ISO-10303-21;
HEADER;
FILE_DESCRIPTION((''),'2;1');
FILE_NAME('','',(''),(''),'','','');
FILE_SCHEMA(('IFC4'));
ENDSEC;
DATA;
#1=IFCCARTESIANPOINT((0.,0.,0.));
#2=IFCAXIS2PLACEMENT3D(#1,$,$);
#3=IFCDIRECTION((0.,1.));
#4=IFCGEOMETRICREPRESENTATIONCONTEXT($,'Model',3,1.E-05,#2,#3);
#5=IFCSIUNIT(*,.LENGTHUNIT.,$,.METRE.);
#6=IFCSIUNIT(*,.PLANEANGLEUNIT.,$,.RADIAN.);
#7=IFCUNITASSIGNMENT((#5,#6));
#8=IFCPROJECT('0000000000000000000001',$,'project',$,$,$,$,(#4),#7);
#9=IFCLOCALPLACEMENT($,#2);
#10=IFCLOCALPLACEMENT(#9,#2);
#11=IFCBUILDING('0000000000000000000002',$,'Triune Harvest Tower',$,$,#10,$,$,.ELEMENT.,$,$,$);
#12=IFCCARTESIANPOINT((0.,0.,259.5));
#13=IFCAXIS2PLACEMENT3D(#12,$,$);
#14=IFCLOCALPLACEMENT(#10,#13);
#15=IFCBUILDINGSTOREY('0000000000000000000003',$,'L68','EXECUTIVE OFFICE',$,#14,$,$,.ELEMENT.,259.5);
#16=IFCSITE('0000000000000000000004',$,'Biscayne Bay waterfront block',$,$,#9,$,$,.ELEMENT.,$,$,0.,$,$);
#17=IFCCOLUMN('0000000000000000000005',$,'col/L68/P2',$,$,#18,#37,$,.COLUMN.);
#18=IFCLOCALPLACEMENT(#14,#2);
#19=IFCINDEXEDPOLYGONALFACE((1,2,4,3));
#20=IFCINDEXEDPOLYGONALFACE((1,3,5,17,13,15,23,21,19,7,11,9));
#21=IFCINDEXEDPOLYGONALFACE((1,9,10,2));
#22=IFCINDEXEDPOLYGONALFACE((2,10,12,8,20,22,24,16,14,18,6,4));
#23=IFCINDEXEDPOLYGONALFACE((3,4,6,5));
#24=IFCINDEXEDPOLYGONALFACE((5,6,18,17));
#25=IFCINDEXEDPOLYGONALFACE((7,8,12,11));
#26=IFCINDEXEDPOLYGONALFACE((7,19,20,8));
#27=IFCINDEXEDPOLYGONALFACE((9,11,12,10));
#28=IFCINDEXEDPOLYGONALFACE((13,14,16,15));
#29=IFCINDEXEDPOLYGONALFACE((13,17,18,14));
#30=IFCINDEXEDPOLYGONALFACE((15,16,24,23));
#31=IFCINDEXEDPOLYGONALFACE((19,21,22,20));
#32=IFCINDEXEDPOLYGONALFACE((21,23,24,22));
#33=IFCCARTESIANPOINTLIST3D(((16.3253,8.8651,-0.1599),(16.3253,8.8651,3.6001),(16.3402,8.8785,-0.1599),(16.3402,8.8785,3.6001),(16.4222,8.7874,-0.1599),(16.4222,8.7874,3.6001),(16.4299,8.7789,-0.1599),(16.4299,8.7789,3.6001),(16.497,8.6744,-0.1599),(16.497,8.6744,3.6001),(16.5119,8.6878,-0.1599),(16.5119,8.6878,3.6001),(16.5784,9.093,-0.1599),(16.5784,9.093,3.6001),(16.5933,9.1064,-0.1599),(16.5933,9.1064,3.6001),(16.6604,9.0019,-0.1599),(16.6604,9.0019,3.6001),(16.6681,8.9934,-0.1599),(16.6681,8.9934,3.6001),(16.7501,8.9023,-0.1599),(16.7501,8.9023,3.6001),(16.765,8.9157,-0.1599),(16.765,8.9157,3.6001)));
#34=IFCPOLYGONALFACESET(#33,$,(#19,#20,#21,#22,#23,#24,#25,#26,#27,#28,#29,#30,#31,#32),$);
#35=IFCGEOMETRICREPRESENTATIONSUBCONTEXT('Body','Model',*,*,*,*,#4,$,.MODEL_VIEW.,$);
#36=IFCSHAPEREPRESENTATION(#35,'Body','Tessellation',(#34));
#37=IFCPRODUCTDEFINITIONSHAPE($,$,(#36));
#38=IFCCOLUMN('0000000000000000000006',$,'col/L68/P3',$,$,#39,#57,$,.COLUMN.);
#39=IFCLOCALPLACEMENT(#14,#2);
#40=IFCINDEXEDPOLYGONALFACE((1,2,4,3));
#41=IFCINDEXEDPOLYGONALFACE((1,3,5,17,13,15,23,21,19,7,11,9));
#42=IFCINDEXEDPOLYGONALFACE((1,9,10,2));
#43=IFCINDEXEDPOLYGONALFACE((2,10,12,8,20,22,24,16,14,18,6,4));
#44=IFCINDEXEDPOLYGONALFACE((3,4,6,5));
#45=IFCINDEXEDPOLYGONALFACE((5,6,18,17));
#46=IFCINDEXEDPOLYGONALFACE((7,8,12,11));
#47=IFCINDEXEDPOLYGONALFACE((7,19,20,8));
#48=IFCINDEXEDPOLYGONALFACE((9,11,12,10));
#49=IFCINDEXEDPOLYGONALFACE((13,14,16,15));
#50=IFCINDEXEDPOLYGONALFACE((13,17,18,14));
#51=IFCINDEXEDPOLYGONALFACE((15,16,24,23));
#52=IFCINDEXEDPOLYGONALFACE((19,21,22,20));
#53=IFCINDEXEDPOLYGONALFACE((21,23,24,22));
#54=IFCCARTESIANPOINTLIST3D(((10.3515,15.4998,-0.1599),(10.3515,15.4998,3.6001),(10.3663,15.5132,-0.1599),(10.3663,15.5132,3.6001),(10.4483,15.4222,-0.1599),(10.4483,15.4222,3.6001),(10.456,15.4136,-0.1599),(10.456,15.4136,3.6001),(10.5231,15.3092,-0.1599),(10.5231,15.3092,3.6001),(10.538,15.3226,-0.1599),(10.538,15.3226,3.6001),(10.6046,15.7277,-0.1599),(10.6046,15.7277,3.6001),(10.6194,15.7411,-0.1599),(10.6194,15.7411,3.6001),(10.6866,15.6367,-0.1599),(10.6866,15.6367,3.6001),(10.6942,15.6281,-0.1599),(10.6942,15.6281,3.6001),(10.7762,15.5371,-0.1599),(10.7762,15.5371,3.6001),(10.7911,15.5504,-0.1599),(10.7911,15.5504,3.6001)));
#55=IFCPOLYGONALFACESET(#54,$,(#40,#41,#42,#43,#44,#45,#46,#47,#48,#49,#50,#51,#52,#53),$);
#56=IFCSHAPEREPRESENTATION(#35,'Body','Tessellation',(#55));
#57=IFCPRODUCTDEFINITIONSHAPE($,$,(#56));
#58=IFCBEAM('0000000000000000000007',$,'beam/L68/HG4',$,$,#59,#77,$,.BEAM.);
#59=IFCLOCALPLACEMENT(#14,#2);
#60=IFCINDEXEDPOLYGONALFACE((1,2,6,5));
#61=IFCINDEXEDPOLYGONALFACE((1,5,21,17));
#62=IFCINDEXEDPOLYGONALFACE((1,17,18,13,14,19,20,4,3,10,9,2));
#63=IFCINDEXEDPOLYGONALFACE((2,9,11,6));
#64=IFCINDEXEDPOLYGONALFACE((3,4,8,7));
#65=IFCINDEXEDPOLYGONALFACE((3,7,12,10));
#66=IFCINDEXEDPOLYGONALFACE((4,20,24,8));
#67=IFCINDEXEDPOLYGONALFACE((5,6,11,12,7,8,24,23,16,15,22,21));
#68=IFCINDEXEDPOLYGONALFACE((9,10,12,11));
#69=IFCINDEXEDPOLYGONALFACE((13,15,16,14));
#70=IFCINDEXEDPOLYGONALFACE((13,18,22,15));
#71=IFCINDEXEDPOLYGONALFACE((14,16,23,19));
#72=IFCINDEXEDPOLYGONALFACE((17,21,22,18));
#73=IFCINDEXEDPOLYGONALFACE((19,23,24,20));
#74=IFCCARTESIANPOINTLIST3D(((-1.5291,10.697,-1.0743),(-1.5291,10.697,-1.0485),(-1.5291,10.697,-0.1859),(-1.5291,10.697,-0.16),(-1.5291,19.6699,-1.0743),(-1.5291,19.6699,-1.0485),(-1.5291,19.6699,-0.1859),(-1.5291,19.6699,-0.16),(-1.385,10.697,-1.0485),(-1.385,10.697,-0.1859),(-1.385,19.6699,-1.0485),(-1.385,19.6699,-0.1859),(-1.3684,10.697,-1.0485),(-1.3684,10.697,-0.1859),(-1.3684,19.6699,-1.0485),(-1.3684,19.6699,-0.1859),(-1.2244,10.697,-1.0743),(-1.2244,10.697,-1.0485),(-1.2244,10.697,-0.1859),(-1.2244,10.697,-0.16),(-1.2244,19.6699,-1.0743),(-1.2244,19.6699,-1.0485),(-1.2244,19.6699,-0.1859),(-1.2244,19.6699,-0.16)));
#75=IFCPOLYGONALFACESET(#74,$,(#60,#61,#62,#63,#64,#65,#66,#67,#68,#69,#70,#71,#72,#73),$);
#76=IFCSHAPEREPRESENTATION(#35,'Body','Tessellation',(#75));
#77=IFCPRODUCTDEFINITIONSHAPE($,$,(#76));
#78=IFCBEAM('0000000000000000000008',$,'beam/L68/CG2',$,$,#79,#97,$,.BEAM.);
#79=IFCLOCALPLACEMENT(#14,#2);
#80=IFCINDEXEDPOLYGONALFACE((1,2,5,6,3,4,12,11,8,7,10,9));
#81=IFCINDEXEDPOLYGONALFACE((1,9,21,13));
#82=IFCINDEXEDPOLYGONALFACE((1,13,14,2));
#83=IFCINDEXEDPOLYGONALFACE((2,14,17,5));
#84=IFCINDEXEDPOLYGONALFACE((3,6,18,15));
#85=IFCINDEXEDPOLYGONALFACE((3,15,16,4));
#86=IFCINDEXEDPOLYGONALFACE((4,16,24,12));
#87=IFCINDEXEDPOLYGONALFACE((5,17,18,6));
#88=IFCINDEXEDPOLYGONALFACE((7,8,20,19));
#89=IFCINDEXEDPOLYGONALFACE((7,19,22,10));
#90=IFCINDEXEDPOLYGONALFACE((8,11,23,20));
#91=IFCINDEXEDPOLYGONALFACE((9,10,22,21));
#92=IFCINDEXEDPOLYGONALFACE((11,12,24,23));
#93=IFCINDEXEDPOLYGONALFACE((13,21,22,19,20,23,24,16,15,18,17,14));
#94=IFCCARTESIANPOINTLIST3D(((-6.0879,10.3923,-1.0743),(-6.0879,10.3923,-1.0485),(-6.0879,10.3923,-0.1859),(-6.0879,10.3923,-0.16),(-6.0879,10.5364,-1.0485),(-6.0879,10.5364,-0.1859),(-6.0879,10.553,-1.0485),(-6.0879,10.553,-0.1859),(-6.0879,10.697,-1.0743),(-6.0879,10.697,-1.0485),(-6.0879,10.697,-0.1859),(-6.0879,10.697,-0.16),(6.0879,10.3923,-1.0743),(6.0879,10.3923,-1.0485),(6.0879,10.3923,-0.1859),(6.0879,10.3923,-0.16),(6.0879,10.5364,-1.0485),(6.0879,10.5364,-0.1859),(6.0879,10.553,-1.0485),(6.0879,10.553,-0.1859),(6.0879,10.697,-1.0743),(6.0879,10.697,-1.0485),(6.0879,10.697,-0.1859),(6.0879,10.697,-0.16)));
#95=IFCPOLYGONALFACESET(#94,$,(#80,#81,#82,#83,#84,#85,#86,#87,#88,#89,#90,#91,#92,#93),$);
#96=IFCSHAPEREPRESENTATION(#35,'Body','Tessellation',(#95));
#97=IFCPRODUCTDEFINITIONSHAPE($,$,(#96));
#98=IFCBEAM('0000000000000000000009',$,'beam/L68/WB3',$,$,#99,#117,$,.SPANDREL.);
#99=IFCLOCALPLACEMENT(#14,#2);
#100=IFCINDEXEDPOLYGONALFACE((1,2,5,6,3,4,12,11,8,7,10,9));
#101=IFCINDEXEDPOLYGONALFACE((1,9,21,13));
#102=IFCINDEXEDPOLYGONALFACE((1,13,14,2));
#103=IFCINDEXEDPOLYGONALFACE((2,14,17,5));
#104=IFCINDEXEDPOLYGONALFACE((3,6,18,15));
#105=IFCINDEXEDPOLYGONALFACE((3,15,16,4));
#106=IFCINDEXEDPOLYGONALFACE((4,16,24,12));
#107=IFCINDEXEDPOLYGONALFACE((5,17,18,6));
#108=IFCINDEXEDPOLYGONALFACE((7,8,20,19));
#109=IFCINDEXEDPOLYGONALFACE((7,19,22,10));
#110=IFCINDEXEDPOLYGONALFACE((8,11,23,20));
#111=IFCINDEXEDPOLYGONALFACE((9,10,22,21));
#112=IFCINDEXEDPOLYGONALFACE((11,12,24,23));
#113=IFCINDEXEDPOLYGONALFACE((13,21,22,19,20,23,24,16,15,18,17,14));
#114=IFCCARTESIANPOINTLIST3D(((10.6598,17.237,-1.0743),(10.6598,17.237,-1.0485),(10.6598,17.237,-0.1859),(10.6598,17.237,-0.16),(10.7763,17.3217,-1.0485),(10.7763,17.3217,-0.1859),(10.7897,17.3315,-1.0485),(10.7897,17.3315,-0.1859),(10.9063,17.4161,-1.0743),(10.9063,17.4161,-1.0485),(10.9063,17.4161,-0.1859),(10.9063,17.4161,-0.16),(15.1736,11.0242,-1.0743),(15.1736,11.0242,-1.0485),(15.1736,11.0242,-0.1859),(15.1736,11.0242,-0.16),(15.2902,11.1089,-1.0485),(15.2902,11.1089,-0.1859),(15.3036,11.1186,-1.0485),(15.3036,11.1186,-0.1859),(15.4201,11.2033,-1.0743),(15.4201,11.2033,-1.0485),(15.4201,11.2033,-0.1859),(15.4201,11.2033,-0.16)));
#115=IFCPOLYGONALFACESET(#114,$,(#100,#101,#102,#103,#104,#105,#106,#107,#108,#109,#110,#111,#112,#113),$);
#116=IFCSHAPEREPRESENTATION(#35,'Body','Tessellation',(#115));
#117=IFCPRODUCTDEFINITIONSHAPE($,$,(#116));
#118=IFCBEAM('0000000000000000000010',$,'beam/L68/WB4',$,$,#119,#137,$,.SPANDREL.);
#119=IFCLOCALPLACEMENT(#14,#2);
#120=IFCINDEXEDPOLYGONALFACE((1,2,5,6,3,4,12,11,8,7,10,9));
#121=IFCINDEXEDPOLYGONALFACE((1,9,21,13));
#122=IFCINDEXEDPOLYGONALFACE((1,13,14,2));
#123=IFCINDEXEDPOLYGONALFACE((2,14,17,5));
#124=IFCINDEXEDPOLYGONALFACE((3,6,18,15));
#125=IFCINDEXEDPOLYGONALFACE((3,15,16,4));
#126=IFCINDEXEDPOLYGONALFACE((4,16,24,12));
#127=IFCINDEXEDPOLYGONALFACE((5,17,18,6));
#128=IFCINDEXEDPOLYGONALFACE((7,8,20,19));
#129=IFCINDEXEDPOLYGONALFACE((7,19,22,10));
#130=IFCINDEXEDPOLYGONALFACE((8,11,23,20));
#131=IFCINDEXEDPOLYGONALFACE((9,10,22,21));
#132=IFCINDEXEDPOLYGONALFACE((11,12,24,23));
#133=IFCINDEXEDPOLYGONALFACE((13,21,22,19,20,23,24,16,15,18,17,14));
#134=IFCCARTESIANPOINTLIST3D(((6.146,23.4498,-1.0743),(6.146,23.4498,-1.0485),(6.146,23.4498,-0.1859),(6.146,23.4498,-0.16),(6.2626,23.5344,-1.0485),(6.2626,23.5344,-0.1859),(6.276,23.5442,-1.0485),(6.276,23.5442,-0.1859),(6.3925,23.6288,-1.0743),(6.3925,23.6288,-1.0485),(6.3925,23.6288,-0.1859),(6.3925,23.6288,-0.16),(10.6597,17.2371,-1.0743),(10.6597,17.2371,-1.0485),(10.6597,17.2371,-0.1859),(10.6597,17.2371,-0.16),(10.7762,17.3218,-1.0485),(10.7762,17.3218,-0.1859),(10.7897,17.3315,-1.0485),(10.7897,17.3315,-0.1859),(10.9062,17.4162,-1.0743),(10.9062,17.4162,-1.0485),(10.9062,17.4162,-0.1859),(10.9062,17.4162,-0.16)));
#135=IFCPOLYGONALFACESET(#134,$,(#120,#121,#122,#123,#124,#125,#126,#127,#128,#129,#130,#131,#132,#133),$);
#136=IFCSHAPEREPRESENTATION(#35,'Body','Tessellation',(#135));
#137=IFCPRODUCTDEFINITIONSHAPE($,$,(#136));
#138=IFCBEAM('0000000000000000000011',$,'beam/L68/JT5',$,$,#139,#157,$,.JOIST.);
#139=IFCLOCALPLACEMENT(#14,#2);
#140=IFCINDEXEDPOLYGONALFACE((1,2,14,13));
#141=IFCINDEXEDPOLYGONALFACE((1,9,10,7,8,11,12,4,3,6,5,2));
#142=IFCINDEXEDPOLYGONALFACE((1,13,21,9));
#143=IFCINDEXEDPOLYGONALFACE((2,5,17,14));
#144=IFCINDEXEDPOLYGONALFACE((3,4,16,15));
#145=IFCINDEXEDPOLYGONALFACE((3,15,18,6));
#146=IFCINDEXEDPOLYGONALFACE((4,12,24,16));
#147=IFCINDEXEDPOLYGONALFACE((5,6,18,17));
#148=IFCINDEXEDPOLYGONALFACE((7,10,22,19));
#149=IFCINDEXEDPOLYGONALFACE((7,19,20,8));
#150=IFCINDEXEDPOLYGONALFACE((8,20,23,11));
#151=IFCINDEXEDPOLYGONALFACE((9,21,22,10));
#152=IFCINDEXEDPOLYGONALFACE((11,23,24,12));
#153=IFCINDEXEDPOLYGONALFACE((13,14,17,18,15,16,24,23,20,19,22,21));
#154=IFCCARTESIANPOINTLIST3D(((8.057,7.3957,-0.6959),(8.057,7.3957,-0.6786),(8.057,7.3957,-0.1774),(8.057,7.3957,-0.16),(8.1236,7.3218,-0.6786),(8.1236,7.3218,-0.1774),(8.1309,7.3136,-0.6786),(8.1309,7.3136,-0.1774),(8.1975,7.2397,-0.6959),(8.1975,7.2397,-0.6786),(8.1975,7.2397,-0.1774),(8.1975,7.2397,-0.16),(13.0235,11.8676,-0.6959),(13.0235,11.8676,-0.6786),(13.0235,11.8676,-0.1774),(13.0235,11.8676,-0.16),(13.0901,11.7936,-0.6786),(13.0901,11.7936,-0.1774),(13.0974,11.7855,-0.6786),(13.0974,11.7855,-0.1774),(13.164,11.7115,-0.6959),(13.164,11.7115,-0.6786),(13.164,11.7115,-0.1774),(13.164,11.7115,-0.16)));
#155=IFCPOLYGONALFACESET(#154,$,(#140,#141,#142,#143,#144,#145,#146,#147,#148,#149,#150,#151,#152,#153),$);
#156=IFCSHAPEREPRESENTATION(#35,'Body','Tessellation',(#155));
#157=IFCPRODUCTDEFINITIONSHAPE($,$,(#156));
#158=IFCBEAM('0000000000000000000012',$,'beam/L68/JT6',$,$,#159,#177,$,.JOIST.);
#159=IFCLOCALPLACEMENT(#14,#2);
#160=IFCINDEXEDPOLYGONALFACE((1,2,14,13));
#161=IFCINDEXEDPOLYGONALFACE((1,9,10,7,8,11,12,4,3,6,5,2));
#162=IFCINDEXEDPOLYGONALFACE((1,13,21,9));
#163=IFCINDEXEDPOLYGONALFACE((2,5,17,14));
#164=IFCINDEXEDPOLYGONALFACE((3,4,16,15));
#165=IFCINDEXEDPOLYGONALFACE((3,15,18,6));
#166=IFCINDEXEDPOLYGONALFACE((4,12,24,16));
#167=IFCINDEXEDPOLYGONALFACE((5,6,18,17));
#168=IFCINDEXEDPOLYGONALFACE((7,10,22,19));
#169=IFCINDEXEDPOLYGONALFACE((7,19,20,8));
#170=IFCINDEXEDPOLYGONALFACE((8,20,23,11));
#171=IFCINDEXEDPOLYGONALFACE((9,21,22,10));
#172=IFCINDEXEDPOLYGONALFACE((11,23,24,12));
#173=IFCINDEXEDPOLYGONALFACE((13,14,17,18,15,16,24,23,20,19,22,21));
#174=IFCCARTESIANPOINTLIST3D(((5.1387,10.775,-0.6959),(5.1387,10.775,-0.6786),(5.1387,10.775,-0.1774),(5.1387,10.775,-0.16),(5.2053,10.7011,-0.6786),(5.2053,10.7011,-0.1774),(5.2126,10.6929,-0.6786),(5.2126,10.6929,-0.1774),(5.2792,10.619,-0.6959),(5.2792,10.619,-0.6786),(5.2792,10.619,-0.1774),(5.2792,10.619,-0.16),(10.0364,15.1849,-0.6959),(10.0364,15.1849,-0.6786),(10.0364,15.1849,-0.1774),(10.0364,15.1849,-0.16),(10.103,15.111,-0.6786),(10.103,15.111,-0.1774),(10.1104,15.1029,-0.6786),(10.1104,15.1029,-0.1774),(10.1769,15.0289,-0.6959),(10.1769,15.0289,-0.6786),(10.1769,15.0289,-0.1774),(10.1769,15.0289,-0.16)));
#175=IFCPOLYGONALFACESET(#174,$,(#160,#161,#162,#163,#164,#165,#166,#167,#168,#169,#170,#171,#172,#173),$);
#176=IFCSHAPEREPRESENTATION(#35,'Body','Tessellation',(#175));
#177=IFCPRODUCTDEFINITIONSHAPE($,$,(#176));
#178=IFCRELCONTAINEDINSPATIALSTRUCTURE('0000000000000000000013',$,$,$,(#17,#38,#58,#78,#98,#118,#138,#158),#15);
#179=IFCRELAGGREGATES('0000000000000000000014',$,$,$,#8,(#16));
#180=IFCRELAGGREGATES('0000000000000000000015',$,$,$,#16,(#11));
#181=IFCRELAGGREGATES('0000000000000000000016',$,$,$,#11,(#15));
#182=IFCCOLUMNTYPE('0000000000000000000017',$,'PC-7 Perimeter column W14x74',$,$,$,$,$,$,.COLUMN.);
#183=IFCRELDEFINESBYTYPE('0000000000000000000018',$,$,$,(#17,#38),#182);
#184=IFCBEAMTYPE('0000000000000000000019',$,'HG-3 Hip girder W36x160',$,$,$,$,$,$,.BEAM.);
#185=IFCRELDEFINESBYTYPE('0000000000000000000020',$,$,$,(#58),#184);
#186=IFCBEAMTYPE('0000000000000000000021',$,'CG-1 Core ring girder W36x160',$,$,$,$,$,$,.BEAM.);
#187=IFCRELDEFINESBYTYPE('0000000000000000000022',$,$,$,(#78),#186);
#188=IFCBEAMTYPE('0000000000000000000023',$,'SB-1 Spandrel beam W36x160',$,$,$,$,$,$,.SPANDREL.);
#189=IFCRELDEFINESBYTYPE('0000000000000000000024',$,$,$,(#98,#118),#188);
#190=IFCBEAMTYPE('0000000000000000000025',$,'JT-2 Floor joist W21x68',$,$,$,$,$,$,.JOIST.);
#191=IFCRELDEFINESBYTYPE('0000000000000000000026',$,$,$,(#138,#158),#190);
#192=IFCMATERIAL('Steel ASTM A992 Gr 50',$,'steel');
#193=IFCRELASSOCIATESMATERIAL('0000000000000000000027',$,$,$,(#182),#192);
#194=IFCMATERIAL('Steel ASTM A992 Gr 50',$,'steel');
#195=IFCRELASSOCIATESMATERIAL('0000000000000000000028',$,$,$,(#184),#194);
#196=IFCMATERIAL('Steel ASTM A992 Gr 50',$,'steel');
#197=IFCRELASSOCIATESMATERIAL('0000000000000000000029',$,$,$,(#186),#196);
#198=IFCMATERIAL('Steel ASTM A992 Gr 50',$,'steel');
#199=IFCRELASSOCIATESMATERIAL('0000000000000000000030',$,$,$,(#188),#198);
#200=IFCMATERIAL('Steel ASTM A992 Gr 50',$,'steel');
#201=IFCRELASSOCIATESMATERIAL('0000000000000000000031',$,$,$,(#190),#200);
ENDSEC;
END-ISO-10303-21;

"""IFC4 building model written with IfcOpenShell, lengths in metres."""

from ifc_helpers import new_model, si_unit, direction, frame, origin, origin_2d, place, context, subcontext, project, spatial, i_section, extrude, source, transform, mapped, material, material_profile, profile_set, type_object, element, save


model = new_model("IFC4")

# Units and contexts
model_context = context("Model", 3, precision=1e-05, world=origin(), true_north=direction((0.0, 1.0)))
body_context = subcontext(model_context, "Body", "Model", "MODEL_VIEW")
ifc_project = project(units=[si_unit("LENGTHUNIT", "METRE"), si_unit("PLANEANGLEUNIT", "RADIAN")], contexts=[model_context])

# Site, building, storey
site_placement = place(None, origin())
site = spatial("IfcSite", under=ifc_project, at=site_placement, Name="Biscayne Bay waterfront block", CompositionType="ELEMENT", RefElevation=0.0)
building_placement = place(site_placement, origin())
building = spatial("IfcBuilding", under=site, at=building_placement, Name="Triune Harvest Tower", CompositionType="ELEMENT")
storey_placement = place(building_placement, frame((0.0, 0.0, 259.5)))
storey = spatial("IfcBuildingStorey", under=building, at=storey_placement, Name="L68", Description="EXECUTIVE OFFICE", CompositionType="ELEMENT", Elevation=259.5)

# Columns
ifc_material_1 = material(Name="Steel ASTM A992 Gr 50", Category="steel")
ifc_material_profile_1 = material_profile(ifc_material_1, i_section(OverallWidth=0.2566, OverallDepth=0.3606, WebThickness=0.0115, FlangeThickness=0.02, at=origin_2d()), Name="W14x74")
ifc_profile_set_1 = profile_set([ifc_material_profile_1], Name="Steel ASTM A992 Gr 50")
column_type = type_object("IfcColumnType", Name="PC-7 Perimeter column W14x74", PredefinedType="COLUMN", material=ifc_profile_set_1)
shared_shape_1 = source(origin(), body_context, "Body", "SweptSolid", [
    extrude(i_section(OverallWidth=0.2566, OverallDepth=0.3606, WebThickness=0.0115, FlangeThickness=0.02, at=origin_2d()), origin(), (0.0, 0.0, 1.0), 3.76),
])
for number, where, z_axis, x_axis, name in (
    (1, (16.5452, 8.8904, -0.1599), (0.0, 0.0, 1.0), (-0.669131, 0.743145, 0.0), "col/L68/P2"),
    (2, (10.5713, 15.5251, -0.1599), (0.0, 0.0, 1.0), (-0.669131, 0.743145, 0.0), "col/L68/P3"),
):
    element("IfcColumn", number, at=place(storey_placement, frame(where, z_axis=z_axis, x_axis=x_axis)), inside=storey, type_object=column_type, Name=name, PredefinedType="COLUMN", context=body_context, shape_type="MappedRepresentation", body=[
        mapped(shared_shape_1, transform((0.0, 0.0, 0.0), scale=1.0)),
    ])

# Beams
ifc_material_2 = material(Name="Steel ASTM A992 Gr 50", Category="steel")
ifc_material_profile_2 = material_profile(ifc_material_2, i_section(OverallWidth=0.3047, OverallDepth=0.9143, WebThickness=0.0166, FlangeThickness=0.0259, at=origin_2d()), Name="W36x160")
ifc_profile_set_2 = profile_set([ifc_material_profile_2], Name="Steel ASTM A992 Gr 50")
beam_type_1 = type_object("IfcBeamType", Name="HG-3 Hip girder W36x160", PredefinedType="BEAM", material=ifc_profile_set_2)
beam_1_placement = place(storey_placement, frame((-1.3767, 19.6699, -0.6172), z_axis=(0.0, -1.0, 0.0), x_axis=(1.0, 0.0, 0.0)))
element("IfcBeam", 3, at=beam_1_placement, inside=storey, type_object=beam_type_1, Name="beam/L68/HG4", PredefinedType="BEAM", context=body_context, shape_type="SweptSolid", body=[
    extrude(i_section(OverallWidth=0.3047, OverallDepth=0.9143, WebThickness=0.0166, FlangeThickness=0.0259, at=origin_2d()), origin(), (0.0, 0.0, 1.0), 8.9729),
])
ifc_material_3 = material(Name="Steel ASTM A992 Gr 50", Category="steel")
ifc_material_profile_3 = material_profile(ifc_material_3, i_section(OverallWidth=0.3047, OverallDepth=0.9143, WebThickness=0.0166, FlangeThickness=0.0259, at=origin_2d()), Name="W36x160")
ifc_profile_set_3 = profile_set([ifc_material_profile_3], Name="Steel ASTM A992 Gr 50")
beam_type_2 = type_object("IfcBeamType", Name="CG-1 Core ring girder W36x160", PredefinedType="BEAM", material=ifc_profile_set_3)
shared_shape_2 = source(origin(), body_context, "Body", "SweptSolid", [
    extrude(i_section(OverallWidth=0.3047, OverallDepth=0.9143, WebThickness=0.0166, FlangeThickness=0.0259, at=origin_2d()), origin(), (0.0, 0.0, 1.0), 12.1758),
])
beam_2_placement = place(storey_placement, frame((6.0879, 10.5447, -0.6172), z_axis=(-1.0, 0.0, 0.0), x_axis=(0.0, -1.0, 0.0)))
element("IfcBeam", 4, at=beam_2_placement, inside=storey, type_object=beam_type_2, Name="beam/L68/CG2", PredefinedType="BEAM", context=body_context, shape_type="MappedRepresentation", body=[
    mapped(shared_shape_2, transform((0.0, 0.0, 0.0), scale=1.0)),
])
ifc_material_4 = material(Name="Steel ASTM A992 Gr 50", Category="steel")
ifc_material_profile_4 = material_profile(ifc_material_4, i_section(OverallWidth=0.3047, OverallDepth=0.9143, WebThickness=0.0166, FlangeThickness=0.0259, at=origin_2d()), Name="W36x160")
ifc_profile_set_4 = profile_set([ifc_material_profile_4], Name="Steel ASTM A992 Gr 50")
beam_type_3 = type_object("IfcBeamType", Name="SB-1 Spandrel beam W36x160", PredefinedType="SPANDREL", material=ifc_profile_set_4)
shared_shape_3 = source(origin(), body_context, "Body", "SweptSolid", [
    extrude(i_section(OverallWidth=0.3047, OverallDepth=0.9143, WebThickness=0.0166, FlangeThickness=0.0259, at=origin_2d()), origin(), (0.0, 0.0, 1.0), 7.6794),
])
beam_3_placement = place(storey_placement, frame((15.2969, 11.1138, -0.6172), z_axis=(-0.587784, 0.809018, 0.0), x_axis=(-0.809018, -0.587784, 0.0)))
element("IfcBeam", 5, at=beam_3_placement, inside=storey, type_object=beam_type_3, Name="beam/L68/WB3", PredefinedType="SPANDREL", context=body_context, shape_type="MappedRepresentation", body=[
    mapped(shared_shape_3, transform((0.0, 0.0, 0.0), scale=1.0)),
])
shared_shape_4 = source(origin(), body_context, "Body", "SweptSolid", [
    extrude(i_section(OverallWidth=0.3047, OverallDepth=0.9143, WebThickness=0.0166, FlangeThickness=0.0259, at=origin_2d()), origin(), (0.0, 0.0, 1.0), 7.6792),
])
beam_4_placement = place(storey_placement, frame((10.783, 17.3267, -0.6172), z_axis=(-0.587778, 0.809022, 0.0), x_axis=(-0.809022, -0.587778, 0.0)))
element("IfcBeam", 6, at=beam_4_placement, inside=storey, type_object=beam_type_3, Name="beam/L68/WB4", PredefinedType="SPANDREL", context=body_context, shape_type="MappedRepresentation", body=[
    mapped(shared_shape_4, transform((0.0, 0.0, 0.0), scale=1.0)),
])
ifc_material_5 = material(Name="Steel ASTM A992 Gr 50", Category="steel")
ifc_material_profile_5 = material_profile(ifc_material_5, i_section(OverallWidth=0.21, OverallDepth=0.5359, WebThickness=0.011, FlangeThickness=0.0173, at=origin_2d()), Name="W21x68")
ifc_profile_set_5 = profile_set([ifc_material_profile_5], Name="Steel ASTM A992 Gr 50")
beam_type_4 = type_object("IfcBeamType", Name="JT-2 Floor joist W21x68", PredefinedType="JOIST", material=ifc_profile_set_5)
shared_shape_5 = source(origin(), body_context, "Body", "SweptSolid", [
    extrude(i_section(OverallWidth=0.21, OverallDepth=0.5359, WebThickness=0.011, FlangeThickness=0.0173, at=origin_2d()), origin(), (0.0, 0.0, 1.0), 6.6831),
])
beam_5_placement = place(storey_placement, frame((13.0938, 11.7896, -0.428), z_axis=(-0.743143, -0.669132, 0.0), x_axis=(0.669132, -0.743143, 0.0)))
element("IfcBeam", 7, at=beam_5_placement, inside=storey, type_object=beam_type_4, Name="beam/L68/JT5", PredefinedType="JOIST", context=body_context, shape_type="MappedRepresentation", body=[
    mapped(shared_shape_5, transform((0.0, 0.0, 0.0), scale=1.0)),
])
shared_shape_6 = source(origin(), body_context, "Body", "SweptSolid", [
    extrude(i_section(OverallWidth=0.21, OverallDepth=0.5359, WebThickness=0.011, FlangeThickness=0.0173, at=origin_2d()), origin(), (0.0, 0.0, 1.0), 6.5906),
])
beam_6_placement = place(storey_placement, frame((10.1067, 15.1069, -0.428), z_axis=(-0.743145, -0.66913, 0.0), x_axis=(0.66913, -0.743145, 0.0)))
element("IfcBeam", 8, at=beam_6_placement, inside=storey, type_object=beam_type_4, Name="beam/L68/JT6", PredefinedType="JOIST", context=body_context, shape_type="MappedRepresentation", body=[
    mapped(shared_shape_6, transform((0.0, 0.0, 0.0), scale=1.0)),
])

save(model, "model.ifc")
